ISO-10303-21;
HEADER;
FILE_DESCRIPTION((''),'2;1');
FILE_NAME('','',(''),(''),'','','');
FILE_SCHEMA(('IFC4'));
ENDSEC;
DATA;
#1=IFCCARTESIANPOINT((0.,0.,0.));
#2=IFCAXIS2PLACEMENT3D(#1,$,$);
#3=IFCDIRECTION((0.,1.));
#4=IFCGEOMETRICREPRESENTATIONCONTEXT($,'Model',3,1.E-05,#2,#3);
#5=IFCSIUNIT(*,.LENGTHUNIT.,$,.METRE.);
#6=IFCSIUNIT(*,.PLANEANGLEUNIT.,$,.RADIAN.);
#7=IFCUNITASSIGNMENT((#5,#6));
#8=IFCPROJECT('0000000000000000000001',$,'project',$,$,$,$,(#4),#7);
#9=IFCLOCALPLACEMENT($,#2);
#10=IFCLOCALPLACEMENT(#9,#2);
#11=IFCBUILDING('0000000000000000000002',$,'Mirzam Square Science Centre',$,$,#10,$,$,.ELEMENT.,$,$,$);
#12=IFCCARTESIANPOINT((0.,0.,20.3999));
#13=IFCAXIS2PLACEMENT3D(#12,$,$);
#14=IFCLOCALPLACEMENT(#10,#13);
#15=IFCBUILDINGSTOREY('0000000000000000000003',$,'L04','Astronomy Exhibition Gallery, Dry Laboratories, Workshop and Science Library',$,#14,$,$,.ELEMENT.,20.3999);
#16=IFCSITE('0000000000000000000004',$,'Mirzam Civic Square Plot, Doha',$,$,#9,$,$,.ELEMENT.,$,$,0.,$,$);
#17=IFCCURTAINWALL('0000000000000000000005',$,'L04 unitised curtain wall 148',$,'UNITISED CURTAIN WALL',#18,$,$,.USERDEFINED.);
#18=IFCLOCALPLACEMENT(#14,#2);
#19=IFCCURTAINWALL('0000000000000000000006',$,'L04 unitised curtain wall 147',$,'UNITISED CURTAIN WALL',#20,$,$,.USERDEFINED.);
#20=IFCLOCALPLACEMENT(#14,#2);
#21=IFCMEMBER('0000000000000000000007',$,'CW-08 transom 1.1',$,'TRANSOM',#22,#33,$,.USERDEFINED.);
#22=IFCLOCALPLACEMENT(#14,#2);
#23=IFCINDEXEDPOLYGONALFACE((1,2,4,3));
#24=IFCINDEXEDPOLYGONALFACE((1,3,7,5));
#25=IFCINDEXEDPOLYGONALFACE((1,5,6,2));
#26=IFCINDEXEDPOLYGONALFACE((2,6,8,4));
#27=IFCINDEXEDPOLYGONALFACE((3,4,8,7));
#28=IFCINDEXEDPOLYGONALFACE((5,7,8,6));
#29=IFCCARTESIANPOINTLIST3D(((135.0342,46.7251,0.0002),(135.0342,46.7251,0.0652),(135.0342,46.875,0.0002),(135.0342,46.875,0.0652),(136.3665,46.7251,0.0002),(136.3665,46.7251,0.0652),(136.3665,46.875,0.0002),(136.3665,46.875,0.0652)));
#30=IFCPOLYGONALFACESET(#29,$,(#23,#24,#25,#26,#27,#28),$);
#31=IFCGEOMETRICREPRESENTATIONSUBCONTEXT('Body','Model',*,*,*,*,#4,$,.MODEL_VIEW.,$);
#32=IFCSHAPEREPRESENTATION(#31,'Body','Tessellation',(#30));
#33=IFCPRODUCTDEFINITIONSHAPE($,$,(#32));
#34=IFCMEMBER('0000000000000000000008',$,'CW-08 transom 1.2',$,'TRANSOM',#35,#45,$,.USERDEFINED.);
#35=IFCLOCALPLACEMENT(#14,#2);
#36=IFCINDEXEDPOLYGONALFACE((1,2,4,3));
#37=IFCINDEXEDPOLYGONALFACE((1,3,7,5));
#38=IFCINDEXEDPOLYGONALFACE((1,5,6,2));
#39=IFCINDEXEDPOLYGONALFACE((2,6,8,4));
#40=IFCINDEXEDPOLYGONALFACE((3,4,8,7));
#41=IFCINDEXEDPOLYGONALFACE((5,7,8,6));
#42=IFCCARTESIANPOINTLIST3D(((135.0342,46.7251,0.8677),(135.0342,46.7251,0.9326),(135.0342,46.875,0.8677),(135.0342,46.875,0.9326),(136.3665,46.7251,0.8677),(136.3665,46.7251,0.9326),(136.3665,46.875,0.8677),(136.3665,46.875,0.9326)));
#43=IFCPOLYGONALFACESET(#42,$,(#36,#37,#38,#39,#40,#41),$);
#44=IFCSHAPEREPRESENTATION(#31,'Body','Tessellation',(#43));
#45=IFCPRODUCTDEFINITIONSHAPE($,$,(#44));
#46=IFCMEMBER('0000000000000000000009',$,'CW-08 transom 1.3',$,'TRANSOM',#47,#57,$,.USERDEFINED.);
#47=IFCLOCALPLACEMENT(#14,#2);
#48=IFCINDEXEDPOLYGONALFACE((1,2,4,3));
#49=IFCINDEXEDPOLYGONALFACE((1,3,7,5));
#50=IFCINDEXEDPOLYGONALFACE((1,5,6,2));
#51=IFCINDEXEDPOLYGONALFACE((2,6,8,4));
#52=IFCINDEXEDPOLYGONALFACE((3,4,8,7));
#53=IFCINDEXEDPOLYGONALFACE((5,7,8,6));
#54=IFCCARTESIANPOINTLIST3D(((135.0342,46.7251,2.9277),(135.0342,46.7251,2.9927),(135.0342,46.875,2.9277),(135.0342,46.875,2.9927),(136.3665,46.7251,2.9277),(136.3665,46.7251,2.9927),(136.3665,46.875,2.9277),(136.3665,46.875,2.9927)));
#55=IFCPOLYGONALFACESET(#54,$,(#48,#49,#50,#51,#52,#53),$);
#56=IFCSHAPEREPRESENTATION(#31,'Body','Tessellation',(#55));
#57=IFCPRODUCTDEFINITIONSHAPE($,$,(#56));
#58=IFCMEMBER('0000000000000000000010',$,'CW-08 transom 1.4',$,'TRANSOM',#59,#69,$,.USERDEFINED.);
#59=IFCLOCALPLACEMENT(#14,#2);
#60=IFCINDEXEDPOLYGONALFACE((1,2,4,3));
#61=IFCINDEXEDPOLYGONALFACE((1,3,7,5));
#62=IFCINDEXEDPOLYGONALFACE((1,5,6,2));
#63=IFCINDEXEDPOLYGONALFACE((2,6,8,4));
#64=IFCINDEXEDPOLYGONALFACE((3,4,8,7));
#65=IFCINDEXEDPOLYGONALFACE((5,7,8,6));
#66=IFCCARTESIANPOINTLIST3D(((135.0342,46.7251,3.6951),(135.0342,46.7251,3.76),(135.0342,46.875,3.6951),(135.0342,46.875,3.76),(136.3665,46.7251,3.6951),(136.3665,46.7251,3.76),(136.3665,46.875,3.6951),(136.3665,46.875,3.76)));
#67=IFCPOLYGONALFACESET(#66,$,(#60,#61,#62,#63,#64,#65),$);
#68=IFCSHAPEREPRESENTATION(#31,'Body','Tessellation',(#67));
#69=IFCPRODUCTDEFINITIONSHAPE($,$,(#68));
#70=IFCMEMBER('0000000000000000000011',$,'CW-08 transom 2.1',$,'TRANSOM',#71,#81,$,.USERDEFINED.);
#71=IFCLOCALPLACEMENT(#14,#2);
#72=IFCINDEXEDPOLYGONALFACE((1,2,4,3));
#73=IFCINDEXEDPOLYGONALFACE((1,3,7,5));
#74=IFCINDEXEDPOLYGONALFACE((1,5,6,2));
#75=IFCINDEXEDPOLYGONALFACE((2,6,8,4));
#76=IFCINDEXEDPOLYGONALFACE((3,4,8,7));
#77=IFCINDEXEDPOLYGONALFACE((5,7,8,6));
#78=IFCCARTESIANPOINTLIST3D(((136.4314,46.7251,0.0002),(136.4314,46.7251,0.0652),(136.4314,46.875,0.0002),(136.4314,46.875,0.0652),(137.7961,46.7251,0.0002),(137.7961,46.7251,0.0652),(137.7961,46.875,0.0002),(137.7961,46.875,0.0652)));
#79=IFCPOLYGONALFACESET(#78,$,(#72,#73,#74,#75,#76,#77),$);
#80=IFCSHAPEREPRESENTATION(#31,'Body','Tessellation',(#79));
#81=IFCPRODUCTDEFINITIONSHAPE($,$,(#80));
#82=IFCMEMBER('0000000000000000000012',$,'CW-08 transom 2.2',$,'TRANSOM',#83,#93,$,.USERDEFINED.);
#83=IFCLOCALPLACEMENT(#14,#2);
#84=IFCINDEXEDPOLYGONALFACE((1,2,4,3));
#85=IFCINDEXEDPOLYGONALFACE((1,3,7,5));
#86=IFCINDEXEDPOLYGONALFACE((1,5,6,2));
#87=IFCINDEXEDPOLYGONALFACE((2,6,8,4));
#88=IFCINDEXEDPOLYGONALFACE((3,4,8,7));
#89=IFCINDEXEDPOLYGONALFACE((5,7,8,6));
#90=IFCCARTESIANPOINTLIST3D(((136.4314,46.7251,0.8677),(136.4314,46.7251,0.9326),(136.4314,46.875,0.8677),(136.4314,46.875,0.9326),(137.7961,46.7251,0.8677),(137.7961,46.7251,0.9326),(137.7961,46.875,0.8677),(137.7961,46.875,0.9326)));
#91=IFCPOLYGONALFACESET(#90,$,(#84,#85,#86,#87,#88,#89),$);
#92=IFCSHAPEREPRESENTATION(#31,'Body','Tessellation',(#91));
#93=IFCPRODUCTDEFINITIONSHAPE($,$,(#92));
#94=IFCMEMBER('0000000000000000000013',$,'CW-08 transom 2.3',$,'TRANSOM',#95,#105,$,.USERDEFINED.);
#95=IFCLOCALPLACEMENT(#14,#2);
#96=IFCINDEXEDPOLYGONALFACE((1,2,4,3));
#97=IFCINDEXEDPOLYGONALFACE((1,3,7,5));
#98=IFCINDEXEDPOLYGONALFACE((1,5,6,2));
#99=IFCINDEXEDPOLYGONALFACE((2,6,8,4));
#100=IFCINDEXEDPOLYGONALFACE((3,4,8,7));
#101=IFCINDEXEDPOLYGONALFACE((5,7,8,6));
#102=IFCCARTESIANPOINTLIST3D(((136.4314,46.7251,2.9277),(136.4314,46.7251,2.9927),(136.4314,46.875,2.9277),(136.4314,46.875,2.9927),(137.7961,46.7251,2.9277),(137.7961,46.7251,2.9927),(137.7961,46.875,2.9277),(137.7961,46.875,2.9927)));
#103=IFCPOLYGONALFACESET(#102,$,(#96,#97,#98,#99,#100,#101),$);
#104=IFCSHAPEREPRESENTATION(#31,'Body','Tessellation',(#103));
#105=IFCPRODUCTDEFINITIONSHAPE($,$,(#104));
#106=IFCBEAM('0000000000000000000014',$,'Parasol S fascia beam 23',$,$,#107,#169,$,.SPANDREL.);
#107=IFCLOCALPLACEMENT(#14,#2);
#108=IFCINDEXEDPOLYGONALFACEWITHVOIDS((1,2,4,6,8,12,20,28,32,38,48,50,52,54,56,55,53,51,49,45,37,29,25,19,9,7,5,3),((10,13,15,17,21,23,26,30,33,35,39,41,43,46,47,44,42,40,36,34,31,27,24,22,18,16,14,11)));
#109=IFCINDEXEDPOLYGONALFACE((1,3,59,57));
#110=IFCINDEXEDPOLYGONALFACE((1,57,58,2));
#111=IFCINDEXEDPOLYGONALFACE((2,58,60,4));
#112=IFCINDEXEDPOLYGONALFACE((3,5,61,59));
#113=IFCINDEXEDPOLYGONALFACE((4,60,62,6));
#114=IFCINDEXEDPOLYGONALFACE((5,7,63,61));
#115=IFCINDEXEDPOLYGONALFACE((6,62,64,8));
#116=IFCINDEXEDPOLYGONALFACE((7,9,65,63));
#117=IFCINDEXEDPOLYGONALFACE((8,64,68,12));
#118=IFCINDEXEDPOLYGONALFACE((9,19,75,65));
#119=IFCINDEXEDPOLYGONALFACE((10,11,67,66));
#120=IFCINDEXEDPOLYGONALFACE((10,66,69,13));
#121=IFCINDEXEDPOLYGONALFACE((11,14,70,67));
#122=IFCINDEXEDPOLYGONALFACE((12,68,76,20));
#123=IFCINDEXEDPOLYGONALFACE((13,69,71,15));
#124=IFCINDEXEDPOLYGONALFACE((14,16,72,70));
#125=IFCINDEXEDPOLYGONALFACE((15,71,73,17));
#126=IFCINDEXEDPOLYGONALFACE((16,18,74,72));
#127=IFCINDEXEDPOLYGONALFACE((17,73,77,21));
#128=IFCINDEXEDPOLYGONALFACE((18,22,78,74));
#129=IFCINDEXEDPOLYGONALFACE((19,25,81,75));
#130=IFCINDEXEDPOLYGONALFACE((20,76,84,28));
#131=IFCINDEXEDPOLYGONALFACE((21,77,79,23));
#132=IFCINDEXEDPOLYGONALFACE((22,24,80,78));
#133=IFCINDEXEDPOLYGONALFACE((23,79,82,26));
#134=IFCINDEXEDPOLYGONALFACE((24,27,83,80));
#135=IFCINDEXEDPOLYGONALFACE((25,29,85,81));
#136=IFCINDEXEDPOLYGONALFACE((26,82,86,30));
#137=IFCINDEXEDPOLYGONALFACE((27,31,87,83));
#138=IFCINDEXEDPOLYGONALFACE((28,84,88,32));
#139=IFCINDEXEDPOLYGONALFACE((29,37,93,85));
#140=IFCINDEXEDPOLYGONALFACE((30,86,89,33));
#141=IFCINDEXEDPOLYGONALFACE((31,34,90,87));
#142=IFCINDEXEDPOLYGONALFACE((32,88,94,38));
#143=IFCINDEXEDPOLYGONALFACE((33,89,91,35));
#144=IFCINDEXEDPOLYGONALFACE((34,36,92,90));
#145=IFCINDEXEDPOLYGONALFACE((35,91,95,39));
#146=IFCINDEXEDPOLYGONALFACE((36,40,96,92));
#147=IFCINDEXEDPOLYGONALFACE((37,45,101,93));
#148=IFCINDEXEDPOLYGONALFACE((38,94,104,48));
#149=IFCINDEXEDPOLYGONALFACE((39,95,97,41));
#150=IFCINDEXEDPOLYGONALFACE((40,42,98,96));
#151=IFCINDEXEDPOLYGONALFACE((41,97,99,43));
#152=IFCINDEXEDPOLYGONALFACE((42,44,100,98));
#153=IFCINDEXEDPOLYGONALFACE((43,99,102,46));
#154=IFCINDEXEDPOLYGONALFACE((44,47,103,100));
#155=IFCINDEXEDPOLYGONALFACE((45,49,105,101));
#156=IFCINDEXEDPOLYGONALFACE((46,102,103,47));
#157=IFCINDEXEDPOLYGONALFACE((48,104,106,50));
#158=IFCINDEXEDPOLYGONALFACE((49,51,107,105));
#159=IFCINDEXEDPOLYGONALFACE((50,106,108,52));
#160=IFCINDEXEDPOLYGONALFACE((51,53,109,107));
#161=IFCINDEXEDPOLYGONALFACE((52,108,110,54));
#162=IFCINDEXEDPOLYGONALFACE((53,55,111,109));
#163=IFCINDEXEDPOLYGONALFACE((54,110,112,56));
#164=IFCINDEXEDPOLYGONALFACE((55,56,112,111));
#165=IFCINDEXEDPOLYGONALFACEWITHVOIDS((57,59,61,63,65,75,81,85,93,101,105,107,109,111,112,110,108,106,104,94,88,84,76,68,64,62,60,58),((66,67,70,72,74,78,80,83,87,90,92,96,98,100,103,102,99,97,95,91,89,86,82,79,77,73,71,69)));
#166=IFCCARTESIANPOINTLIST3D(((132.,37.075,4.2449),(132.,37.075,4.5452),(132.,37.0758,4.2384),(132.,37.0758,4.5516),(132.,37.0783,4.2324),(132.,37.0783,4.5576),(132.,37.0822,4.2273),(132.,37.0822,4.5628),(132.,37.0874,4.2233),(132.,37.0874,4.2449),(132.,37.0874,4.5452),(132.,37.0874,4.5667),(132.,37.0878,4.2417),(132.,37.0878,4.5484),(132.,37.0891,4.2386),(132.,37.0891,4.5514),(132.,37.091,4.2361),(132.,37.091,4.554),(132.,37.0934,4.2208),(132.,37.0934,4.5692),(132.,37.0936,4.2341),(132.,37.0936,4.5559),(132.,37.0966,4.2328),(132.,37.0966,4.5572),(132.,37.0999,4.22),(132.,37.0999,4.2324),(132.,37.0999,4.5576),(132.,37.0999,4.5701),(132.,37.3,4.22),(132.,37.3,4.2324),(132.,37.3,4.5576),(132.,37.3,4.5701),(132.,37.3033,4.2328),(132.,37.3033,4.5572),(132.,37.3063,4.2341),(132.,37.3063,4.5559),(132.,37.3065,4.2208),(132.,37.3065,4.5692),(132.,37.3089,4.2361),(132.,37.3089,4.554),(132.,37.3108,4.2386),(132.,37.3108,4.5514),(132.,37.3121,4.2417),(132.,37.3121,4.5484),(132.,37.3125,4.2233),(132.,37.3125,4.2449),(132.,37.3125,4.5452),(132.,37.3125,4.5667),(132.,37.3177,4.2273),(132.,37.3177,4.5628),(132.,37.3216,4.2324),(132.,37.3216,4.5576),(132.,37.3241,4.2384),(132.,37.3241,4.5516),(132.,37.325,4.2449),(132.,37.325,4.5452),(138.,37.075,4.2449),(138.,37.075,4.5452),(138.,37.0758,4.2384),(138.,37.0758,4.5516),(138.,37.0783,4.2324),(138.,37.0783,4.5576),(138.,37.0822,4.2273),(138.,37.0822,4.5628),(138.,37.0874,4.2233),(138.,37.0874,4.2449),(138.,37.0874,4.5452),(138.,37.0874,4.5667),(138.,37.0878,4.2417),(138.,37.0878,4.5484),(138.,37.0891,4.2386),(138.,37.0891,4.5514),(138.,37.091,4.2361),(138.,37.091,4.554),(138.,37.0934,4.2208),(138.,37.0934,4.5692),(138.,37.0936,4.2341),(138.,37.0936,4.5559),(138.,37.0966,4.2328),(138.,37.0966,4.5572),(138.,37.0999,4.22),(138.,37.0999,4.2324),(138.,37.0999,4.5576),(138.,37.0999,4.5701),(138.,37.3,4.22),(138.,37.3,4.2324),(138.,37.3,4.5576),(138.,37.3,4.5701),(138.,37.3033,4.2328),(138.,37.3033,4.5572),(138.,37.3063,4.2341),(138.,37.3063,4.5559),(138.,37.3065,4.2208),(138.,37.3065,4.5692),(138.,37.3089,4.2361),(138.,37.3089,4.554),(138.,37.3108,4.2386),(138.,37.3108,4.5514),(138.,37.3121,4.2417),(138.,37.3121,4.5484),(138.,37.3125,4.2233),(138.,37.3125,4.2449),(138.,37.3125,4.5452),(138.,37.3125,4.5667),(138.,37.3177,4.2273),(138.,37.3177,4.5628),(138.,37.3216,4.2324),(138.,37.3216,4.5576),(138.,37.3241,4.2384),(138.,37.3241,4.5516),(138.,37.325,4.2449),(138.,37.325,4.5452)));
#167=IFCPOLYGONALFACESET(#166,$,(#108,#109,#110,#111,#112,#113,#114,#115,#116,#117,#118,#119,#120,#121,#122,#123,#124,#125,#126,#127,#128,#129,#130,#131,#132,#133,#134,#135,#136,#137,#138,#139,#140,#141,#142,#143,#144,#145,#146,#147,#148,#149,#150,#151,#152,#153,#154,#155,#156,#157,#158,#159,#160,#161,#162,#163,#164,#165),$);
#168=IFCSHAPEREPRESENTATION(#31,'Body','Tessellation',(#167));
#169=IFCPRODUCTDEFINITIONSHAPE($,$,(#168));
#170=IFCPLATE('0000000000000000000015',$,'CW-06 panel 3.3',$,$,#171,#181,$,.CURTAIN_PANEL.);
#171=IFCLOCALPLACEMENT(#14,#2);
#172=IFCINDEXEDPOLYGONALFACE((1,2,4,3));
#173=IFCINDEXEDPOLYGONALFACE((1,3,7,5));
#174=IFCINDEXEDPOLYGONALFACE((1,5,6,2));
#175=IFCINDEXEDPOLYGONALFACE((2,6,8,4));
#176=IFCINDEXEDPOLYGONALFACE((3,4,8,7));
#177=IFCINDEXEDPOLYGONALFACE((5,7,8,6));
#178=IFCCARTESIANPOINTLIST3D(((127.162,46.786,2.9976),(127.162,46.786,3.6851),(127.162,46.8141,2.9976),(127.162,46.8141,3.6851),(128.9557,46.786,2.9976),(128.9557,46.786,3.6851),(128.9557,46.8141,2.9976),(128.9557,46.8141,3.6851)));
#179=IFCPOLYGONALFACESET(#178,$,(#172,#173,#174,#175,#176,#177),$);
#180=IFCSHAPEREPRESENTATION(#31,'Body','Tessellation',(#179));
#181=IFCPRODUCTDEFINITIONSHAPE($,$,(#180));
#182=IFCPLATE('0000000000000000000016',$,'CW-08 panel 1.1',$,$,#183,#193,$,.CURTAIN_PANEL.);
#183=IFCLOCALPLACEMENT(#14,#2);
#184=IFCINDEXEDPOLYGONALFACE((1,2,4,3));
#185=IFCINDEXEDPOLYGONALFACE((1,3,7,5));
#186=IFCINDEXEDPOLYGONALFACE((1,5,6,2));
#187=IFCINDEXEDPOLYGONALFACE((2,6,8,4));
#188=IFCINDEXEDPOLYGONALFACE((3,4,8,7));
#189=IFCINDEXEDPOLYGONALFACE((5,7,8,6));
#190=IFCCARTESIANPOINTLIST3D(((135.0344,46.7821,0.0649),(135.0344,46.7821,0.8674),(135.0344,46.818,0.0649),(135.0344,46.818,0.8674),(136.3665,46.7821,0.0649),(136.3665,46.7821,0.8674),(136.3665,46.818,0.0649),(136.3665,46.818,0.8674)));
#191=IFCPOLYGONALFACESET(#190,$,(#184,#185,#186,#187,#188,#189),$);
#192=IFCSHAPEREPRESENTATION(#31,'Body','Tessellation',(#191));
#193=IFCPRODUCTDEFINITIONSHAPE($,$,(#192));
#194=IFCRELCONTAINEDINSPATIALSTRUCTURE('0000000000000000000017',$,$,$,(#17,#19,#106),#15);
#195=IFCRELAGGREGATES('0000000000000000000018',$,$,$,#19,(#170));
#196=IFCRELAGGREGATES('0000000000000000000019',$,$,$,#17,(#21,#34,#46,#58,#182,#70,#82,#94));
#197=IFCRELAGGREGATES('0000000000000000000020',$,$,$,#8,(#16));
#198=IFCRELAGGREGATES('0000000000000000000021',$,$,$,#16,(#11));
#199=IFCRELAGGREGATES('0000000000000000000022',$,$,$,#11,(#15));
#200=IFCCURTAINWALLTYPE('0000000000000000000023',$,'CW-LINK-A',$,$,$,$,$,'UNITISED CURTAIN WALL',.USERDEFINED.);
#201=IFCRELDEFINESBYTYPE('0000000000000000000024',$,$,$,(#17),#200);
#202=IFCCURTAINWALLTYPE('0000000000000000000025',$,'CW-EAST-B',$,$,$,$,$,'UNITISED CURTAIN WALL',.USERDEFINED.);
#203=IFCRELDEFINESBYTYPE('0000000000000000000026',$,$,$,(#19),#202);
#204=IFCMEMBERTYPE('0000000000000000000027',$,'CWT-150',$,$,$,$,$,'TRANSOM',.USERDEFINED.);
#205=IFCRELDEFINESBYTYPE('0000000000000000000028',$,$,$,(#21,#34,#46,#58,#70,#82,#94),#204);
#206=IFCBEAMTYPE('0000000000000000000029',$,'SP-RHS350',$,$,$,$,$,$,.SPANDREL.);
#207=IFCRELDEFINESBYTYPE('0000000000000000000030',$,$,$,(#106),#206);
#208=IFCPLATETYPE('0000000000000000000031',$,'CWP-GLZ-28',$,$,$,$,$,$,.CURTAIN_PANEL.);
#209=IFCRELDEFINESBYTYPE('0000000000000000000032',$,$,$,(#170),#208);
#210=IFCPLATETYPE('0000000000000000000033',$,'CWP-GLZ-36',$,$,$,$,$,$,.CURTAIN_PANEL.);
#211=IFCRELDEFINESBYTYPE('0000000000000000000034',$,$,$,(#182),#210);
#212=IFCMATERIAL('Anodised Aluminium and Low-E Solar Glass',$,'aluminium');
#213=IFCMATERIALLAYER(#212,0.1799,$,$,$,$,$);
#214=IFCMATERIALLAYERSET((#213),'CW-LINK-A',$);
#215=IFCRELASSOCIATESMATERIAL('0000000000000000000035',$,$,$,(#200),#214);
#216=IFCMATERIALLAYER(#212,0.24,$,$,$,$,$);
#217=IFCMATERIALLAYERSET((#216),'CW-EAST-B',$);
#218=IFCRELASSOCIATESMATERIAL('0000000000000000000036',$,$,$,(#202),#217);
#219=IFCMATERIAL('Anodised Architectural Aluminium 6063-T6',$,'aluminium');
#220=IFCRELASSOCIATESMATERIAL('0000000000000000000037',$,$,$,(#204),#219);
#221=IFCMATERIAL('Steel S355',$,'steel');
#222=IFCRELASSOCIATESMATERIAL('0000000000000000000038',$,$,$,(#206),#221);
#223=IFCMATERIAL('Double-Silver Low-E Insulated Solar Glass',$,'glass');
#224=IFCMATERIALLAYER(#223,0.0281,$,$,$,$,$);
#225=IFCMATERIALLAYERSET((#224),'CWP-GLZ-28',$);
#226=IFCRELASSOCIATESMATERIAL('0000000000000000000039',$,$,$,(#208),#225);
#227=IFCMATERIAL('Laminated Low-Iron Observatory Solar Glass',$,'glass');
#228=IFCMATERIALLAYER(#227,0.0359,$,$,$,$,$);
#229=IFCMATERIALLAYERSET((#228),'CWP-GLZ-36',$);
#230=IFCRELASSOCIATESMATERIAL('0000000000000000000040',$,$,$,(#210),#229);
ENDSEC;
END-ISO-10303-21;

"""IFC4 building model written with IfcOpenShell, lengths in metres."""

from ifc_helpers import new_model, si_unit, direction, frame, origin, origin_2d, place, context, subcontext, project, spatial, rectangle, hollow_rectangle, extrude, material, layer, layer_set, material_profile, profile_set, type_object, element, aggregate, save


model = new_model("IFC4")

# Units and contexts
model_context = context("Model", 3, precision=1e-05, world=origin(), true_north=direction((0.0, 1.0)))
body_context = subcontext(model_context, "Body", "Model", "MODEL_VIEW")
ifc_project = project(units=[si_unit("LENGTHUNIT", "METRE"), si_unit("PLANEANGLEUNIT", "RADIAN")], contexts=[model_context])

# Site, building, storey
site_placement = place(None, origin())
site = spatial("IfcSite", under=ifc_project, at=site_placement, Name="Mirzam Civic Square Plot, Doha", CompositionType="ELEMENT", RefElevation=0.0)
building_placement = place(site_placement, origin())
building = spatial("IfcBuilding", under=site, at=building_placement, Name="Mirzam Square Science Centre", CompositionType="ELEMENT")
storey_placement = place(building_placement, frame((0.0, 0.0, 20.3999)))
storey = spatial("IfcBuildingStorey", under=building, at=storey_placement, Name="L04", Description="Astronomy Exhibition Gallery, Dry Laboratories, Workshop and Science Library", CompositionType="ELEMENT", Elevation=20.3999)

# Shared definitions
ifc_material_1 = material(Name="Steel S355", Category="steel")

# Curtain wall
ifc_material_2 = material(Name="Anodised Aluminium and Low-E Solar Glass", Category="aluminium")
ifc_layer_1 = layer(ifc_material_2, 0.1799)
ifc_layer_set_1 = layer_set([ifc_layer_1], Name="CW-LINK-A")
curtain_wall_type_1 = type_object("IfcCurtainWallType", Name="CW-LINK-A", ElementType="UNITISED CURTAIN WALL", PredefinedType="USERDEFINED", material=ifc_layer_set_1)
curtain_wall_1_placement = place(storey_placement, origin())
curtain_wall_1 = element("IfcCurtainWall", 1, at=curtain_wall_1_placement, inside=storey, type_object=curtain_wall_type_1, Name="L04 unitised curtain wall 148", ObjectType="UNITISED CURTAIN WALL", PredefinedType="USERDEFINED")
ifc_material_3 = material(Name="Anodised Architectural Aluminium 6063-T6", Category="aluminium")

# Curtain wall
ifc_layer_2 = layer(ifc_material_2, 0.24)
ifc_layer_set_2 = layer_set([ifc_layer_2], Name="CW-EAST-B")
curtain_wall_type_2 = type_object("IfcCurtainWallType", Name="CW-EAST-B", ElementType="UNITISED CURTAIN WALL", PredefinedType="USERDEFINED", material=ifc_layer_set_2)
curtain_wall_2_placement = place(storey_placement, origin())
curtain_wall_2 = element("IfcCurtainWall", 2, at=curtain_wall_2_placement, inside=storey, type_object=curtain_wall_type_2, Name="L04 unitised curtain wall 147", ObjectType="UNITISED CURTAIN WALL", PredefinedType="USERDEFINED")

# Members
ifc_material_profile_1 = material_profile(ifc_material_3, rectangle(XDim=0.1499, YDim=0.0649, at=origin_2d()), Name="ALU-TRAN-150x65x4")
ifc_profile_set_1 = profile_set([ifc_material_profile_1], Name="Anodised Architectural Aluminium 6063-T6")
member_type_1 = type_object("IfcMemberType", Name="CWT-150", ElementType="TRANSOM", PredefinedType="USERDEFINED", material=ifc_profile_set_1)
member_1_placement = place(storey_placement, frame((135.0342, 46.8, 0.0327), z_axis=(1.0, 0.0, 0.0), x_axis=(0.0, 1.0, 0.0)))
member_1 = element("IfcMember", 3, at=member_1_placement, type_object=member_type_1, Name="CW-08 transom 1.1", ObjectType="TRANSOM", PredefinedType="USERDEFINED", context=body_context, shape_type="SweptSolid", body=[
    extrude(rectangle(XDim=0.1499, YDim=0.0649, at=origin_2d()), origin(), (0.0, 0.0, 1.0), 1.3323),
])
member_2_placement = place(storey_placement, frame((135.0342, 46.8, 0.9001), z_axis=(1.0, 0.0, 0.0), x_axis=(0.0, 1.0, 0.0)))
member_2 = element("IfcMember", 4, at=member_2_placement, type_object=member_type_1, Name="CW-08 transom 1.2", ObjectType="TRANSOM", PredefinedType="USERDEFINED", context=body_context, shape_type="SweptSolid", body=[
    extrude(rectangle(XDim=0.1499, YDim=0.0649, at=origin_2d()), origin(), (0.0, 0.0, 1.0), 1.3323),
])
member_3_placement = place(storey_placement, frame((135.0342, 46.8, 2.9602), z_axis=(1.0, 0.0, 0.0), x_axis=(0.0, 1.0, 0.0)))
member_3 = element("IfcMember", 5, at=member_3_placement, type_object=member_type_1, Name="CW-08 transom 1.3", ObjectType="TRANSOM", PredefinedType="USERDEFINED", context=body_context, shape_type="SweptSolid", body=[
    extrude(rectangle(XDim=0.1499, YDim=0.0649, at=origin_2d()), origin(), (0.0, 0.0, 1.0), 1.3323),
])
member_4_placement = place(storey_placement, frame((135.0342, 46.8, 3.7275), z_axis=(1.0, 0.0, 0.0), x_axis=(0.0, 1.0, 0.0)))
member_4 = element("IfcMember", 6, at=member_4_placement, type_object=member_type_1, Name="CW-08 transom 1.4", ObjectType="TRANSOM", PredefinedType="USERDEFINED", context=body_context, shape_type="SweptSolid", body=[
    extrude(rectangle(XDim=0.1499, YDim=0.0649, at=origin_2d()), origin(), (0.0, 0.0, 1.0), 1.3323),
])
member_5_placement = place(storey_placement, frame((136.4314, 46.8, 0.0327), z_axis=(1.0, 0.0, 0.0), x_axis=(0.0, 1.0, 0.0)))
member_5 = element("IfcMember", 7, at=member_5_placement, type_object=member_type_1, Name="CW-08 transom 2.1", ObjectType="TRANSOM", PredefinedType="USERDEFINED", context=body_context, shape_type="SweptSolid", body=[
    extrude(rectangle(XDim=0.1499, YDim=0.0649, at=origin_2d()), origin(), (0.0, 0.0, 1.0), 1.3647),
])
member_6_placement = place(storey_placement, frame((136.4314, 46.8, 0.9001), z_axis=(1.0, 0.0, 0.0), x_axis=(0.0, 1.0, 0.0)))
member_6 = element("IfcMember", 8, at=member_6_placement, type_object=member_type_1, Name="CW-08 transom 2.2", ObjectType="TRANSOM", PredefinedType="USERDEFINED", context=body_context, shape_type="SweptSolid", body=[
    extrude(rectangle(XDim=0.1499, YDim=0.0649, at=origin_2d()), origin(), (0.0, 0.0, 1.0), 1.3647),
])
member_7_placement = place(storey_placement, frame((136.4314, 46.8, 2.9602), z_axis=(1.0, 0.0, 0.0), x_axis=(0.0, 1.0, 0.0)))
member_7 = element("IfcMember", 9, at=member_7_placement, type_object=member_type_1, Name="CW-08 transom 2.3", ObjectType="TRANSOM", PredefinedType="USERDEFINED", context=body_context, shape_type="SweptSolid", body=[
    extrude(rectangle(XDim=0.1499, YDim=0.0649, at=origin_2d()), origin(), (0.0, 0.0, 1.0), 1.3647),
])

# Beam
ifc_material_profile_2 = material_profile(ifc_material_1, hollow_rectangle(XDim=0.25, YDim=0.3501, WallThickness=0.0125, InnerFilletRadius=0.0125, OuterFilletRadius=0.0249, at=origin_2d()), Name="350x250x12.5RHS")
ifc_profile_set_2 = profile_set([ifc_material_profile_2], Name="Steel S355")
beam_type_1 = type_object("IfcBeamType", Name="SP-RHS350", PredefinedType="SPANDREL", material=ifc_profile_set_2)
beam_1_placement = place(storey_placement, frame((132.0, 37.2, 4.395), z_axis=(1.0, 0.0, 0.0), x_axis=(0.0, 1.0, 0.0)))
element("IfcBeam", 10, at=beam_1_placement, inside=storey, type_object=beam_type_1, Name="Parasol S fascia beam 23", PredefinedType="SPANDREL", context=body_context, shape_type="SweptSolid", body=[
    extrude(hollow_rectangle(XDim=0.25, YDim=0.3501, WallThickness=0.0125, InnerFilletRadius=0.0125, OuterFilletRadius=0.0249, at=origin_2d()), origin(), (0.0, 0.0, 1.0), 6.0),
])

# Plates
ifc_material_4 = material(Name="Double-Silver Low-E Insulated Solar Glass", Category="glass")
ifc_layer_3 = layer(ifc_material_4, 0.0281)
ifc_layer_set_3 = layer_set([ifc_layer_3], Name="CWP-GLZ-28")
plate_type_1 = type_object("IfcPlateType", Name="CWP-GLZ-28", PredefinedType="CURTAIN_PANEL", material=ifc_layer_set_3)
plate_1_placement = place(storey_placement, frame((128.0588, 46.8, 2.9976), z_axis=(0.0, 0.0, 1.0), x_axis=(1.0, 0.0, 0.0)))
plate_1 = element("IfcPlate", 11, at=plate_1_placement, type_object=plate_type_1, Name="CW-06 panel 3.3", PredefinedType="CURTAIN_PANEL", context=body_context, shape_type="SweptSolid", body=[
    extrude(rectangle(XDim=1.7937, YDim=0.0281, at=origin_2d()), origin(), (0.0, 0.0, 1.0), 0.6875),
])
aggregate(curtain_wall_2, [plate_1])
ifc_material_5 = material(Name="Laminated Low-Iron Observatory Solar Glass", Category="glass")
ifc_layer_4 = layer(ifc_material_5, 0.0359)
ifc_layer_set_4 = layer_set([ifc_layer_4], Name="CWP-GLZ-36")
plate_type_2 = type_object("IfcPlateType", Name="CWP-GLZ-36", PredefinedType="CURTAIN_PANEL", material=ifc_layer_set_4)
plate_2_placement = place(storey_placement, frame((135.7004, 46.8, 0.0649), z_axis=(0.0, 0.0, 1.0), x_axis=(1.0, 0.0, 0.0)))
plate_2 = element("IfcPlate", 12, at=plate_2_placement, type_object=plate_type_2, Name="CW-08 panel 1.1", PredefinedType="CURTAIN_PANEL", context=body_context, shape_type="SweptSolid", body=[
    extrude(rectangle(XDim=1.332, YDim=0.0359, at=origin_2d()), origin(), (0.0, 0.0, 1.0), 0.8025),
])
aggregate(curtain_wall_1, [member_1, member_2, member_3, member_4, plate_2, member_5, member_6, member_7])

save(model, "model.ifc")
